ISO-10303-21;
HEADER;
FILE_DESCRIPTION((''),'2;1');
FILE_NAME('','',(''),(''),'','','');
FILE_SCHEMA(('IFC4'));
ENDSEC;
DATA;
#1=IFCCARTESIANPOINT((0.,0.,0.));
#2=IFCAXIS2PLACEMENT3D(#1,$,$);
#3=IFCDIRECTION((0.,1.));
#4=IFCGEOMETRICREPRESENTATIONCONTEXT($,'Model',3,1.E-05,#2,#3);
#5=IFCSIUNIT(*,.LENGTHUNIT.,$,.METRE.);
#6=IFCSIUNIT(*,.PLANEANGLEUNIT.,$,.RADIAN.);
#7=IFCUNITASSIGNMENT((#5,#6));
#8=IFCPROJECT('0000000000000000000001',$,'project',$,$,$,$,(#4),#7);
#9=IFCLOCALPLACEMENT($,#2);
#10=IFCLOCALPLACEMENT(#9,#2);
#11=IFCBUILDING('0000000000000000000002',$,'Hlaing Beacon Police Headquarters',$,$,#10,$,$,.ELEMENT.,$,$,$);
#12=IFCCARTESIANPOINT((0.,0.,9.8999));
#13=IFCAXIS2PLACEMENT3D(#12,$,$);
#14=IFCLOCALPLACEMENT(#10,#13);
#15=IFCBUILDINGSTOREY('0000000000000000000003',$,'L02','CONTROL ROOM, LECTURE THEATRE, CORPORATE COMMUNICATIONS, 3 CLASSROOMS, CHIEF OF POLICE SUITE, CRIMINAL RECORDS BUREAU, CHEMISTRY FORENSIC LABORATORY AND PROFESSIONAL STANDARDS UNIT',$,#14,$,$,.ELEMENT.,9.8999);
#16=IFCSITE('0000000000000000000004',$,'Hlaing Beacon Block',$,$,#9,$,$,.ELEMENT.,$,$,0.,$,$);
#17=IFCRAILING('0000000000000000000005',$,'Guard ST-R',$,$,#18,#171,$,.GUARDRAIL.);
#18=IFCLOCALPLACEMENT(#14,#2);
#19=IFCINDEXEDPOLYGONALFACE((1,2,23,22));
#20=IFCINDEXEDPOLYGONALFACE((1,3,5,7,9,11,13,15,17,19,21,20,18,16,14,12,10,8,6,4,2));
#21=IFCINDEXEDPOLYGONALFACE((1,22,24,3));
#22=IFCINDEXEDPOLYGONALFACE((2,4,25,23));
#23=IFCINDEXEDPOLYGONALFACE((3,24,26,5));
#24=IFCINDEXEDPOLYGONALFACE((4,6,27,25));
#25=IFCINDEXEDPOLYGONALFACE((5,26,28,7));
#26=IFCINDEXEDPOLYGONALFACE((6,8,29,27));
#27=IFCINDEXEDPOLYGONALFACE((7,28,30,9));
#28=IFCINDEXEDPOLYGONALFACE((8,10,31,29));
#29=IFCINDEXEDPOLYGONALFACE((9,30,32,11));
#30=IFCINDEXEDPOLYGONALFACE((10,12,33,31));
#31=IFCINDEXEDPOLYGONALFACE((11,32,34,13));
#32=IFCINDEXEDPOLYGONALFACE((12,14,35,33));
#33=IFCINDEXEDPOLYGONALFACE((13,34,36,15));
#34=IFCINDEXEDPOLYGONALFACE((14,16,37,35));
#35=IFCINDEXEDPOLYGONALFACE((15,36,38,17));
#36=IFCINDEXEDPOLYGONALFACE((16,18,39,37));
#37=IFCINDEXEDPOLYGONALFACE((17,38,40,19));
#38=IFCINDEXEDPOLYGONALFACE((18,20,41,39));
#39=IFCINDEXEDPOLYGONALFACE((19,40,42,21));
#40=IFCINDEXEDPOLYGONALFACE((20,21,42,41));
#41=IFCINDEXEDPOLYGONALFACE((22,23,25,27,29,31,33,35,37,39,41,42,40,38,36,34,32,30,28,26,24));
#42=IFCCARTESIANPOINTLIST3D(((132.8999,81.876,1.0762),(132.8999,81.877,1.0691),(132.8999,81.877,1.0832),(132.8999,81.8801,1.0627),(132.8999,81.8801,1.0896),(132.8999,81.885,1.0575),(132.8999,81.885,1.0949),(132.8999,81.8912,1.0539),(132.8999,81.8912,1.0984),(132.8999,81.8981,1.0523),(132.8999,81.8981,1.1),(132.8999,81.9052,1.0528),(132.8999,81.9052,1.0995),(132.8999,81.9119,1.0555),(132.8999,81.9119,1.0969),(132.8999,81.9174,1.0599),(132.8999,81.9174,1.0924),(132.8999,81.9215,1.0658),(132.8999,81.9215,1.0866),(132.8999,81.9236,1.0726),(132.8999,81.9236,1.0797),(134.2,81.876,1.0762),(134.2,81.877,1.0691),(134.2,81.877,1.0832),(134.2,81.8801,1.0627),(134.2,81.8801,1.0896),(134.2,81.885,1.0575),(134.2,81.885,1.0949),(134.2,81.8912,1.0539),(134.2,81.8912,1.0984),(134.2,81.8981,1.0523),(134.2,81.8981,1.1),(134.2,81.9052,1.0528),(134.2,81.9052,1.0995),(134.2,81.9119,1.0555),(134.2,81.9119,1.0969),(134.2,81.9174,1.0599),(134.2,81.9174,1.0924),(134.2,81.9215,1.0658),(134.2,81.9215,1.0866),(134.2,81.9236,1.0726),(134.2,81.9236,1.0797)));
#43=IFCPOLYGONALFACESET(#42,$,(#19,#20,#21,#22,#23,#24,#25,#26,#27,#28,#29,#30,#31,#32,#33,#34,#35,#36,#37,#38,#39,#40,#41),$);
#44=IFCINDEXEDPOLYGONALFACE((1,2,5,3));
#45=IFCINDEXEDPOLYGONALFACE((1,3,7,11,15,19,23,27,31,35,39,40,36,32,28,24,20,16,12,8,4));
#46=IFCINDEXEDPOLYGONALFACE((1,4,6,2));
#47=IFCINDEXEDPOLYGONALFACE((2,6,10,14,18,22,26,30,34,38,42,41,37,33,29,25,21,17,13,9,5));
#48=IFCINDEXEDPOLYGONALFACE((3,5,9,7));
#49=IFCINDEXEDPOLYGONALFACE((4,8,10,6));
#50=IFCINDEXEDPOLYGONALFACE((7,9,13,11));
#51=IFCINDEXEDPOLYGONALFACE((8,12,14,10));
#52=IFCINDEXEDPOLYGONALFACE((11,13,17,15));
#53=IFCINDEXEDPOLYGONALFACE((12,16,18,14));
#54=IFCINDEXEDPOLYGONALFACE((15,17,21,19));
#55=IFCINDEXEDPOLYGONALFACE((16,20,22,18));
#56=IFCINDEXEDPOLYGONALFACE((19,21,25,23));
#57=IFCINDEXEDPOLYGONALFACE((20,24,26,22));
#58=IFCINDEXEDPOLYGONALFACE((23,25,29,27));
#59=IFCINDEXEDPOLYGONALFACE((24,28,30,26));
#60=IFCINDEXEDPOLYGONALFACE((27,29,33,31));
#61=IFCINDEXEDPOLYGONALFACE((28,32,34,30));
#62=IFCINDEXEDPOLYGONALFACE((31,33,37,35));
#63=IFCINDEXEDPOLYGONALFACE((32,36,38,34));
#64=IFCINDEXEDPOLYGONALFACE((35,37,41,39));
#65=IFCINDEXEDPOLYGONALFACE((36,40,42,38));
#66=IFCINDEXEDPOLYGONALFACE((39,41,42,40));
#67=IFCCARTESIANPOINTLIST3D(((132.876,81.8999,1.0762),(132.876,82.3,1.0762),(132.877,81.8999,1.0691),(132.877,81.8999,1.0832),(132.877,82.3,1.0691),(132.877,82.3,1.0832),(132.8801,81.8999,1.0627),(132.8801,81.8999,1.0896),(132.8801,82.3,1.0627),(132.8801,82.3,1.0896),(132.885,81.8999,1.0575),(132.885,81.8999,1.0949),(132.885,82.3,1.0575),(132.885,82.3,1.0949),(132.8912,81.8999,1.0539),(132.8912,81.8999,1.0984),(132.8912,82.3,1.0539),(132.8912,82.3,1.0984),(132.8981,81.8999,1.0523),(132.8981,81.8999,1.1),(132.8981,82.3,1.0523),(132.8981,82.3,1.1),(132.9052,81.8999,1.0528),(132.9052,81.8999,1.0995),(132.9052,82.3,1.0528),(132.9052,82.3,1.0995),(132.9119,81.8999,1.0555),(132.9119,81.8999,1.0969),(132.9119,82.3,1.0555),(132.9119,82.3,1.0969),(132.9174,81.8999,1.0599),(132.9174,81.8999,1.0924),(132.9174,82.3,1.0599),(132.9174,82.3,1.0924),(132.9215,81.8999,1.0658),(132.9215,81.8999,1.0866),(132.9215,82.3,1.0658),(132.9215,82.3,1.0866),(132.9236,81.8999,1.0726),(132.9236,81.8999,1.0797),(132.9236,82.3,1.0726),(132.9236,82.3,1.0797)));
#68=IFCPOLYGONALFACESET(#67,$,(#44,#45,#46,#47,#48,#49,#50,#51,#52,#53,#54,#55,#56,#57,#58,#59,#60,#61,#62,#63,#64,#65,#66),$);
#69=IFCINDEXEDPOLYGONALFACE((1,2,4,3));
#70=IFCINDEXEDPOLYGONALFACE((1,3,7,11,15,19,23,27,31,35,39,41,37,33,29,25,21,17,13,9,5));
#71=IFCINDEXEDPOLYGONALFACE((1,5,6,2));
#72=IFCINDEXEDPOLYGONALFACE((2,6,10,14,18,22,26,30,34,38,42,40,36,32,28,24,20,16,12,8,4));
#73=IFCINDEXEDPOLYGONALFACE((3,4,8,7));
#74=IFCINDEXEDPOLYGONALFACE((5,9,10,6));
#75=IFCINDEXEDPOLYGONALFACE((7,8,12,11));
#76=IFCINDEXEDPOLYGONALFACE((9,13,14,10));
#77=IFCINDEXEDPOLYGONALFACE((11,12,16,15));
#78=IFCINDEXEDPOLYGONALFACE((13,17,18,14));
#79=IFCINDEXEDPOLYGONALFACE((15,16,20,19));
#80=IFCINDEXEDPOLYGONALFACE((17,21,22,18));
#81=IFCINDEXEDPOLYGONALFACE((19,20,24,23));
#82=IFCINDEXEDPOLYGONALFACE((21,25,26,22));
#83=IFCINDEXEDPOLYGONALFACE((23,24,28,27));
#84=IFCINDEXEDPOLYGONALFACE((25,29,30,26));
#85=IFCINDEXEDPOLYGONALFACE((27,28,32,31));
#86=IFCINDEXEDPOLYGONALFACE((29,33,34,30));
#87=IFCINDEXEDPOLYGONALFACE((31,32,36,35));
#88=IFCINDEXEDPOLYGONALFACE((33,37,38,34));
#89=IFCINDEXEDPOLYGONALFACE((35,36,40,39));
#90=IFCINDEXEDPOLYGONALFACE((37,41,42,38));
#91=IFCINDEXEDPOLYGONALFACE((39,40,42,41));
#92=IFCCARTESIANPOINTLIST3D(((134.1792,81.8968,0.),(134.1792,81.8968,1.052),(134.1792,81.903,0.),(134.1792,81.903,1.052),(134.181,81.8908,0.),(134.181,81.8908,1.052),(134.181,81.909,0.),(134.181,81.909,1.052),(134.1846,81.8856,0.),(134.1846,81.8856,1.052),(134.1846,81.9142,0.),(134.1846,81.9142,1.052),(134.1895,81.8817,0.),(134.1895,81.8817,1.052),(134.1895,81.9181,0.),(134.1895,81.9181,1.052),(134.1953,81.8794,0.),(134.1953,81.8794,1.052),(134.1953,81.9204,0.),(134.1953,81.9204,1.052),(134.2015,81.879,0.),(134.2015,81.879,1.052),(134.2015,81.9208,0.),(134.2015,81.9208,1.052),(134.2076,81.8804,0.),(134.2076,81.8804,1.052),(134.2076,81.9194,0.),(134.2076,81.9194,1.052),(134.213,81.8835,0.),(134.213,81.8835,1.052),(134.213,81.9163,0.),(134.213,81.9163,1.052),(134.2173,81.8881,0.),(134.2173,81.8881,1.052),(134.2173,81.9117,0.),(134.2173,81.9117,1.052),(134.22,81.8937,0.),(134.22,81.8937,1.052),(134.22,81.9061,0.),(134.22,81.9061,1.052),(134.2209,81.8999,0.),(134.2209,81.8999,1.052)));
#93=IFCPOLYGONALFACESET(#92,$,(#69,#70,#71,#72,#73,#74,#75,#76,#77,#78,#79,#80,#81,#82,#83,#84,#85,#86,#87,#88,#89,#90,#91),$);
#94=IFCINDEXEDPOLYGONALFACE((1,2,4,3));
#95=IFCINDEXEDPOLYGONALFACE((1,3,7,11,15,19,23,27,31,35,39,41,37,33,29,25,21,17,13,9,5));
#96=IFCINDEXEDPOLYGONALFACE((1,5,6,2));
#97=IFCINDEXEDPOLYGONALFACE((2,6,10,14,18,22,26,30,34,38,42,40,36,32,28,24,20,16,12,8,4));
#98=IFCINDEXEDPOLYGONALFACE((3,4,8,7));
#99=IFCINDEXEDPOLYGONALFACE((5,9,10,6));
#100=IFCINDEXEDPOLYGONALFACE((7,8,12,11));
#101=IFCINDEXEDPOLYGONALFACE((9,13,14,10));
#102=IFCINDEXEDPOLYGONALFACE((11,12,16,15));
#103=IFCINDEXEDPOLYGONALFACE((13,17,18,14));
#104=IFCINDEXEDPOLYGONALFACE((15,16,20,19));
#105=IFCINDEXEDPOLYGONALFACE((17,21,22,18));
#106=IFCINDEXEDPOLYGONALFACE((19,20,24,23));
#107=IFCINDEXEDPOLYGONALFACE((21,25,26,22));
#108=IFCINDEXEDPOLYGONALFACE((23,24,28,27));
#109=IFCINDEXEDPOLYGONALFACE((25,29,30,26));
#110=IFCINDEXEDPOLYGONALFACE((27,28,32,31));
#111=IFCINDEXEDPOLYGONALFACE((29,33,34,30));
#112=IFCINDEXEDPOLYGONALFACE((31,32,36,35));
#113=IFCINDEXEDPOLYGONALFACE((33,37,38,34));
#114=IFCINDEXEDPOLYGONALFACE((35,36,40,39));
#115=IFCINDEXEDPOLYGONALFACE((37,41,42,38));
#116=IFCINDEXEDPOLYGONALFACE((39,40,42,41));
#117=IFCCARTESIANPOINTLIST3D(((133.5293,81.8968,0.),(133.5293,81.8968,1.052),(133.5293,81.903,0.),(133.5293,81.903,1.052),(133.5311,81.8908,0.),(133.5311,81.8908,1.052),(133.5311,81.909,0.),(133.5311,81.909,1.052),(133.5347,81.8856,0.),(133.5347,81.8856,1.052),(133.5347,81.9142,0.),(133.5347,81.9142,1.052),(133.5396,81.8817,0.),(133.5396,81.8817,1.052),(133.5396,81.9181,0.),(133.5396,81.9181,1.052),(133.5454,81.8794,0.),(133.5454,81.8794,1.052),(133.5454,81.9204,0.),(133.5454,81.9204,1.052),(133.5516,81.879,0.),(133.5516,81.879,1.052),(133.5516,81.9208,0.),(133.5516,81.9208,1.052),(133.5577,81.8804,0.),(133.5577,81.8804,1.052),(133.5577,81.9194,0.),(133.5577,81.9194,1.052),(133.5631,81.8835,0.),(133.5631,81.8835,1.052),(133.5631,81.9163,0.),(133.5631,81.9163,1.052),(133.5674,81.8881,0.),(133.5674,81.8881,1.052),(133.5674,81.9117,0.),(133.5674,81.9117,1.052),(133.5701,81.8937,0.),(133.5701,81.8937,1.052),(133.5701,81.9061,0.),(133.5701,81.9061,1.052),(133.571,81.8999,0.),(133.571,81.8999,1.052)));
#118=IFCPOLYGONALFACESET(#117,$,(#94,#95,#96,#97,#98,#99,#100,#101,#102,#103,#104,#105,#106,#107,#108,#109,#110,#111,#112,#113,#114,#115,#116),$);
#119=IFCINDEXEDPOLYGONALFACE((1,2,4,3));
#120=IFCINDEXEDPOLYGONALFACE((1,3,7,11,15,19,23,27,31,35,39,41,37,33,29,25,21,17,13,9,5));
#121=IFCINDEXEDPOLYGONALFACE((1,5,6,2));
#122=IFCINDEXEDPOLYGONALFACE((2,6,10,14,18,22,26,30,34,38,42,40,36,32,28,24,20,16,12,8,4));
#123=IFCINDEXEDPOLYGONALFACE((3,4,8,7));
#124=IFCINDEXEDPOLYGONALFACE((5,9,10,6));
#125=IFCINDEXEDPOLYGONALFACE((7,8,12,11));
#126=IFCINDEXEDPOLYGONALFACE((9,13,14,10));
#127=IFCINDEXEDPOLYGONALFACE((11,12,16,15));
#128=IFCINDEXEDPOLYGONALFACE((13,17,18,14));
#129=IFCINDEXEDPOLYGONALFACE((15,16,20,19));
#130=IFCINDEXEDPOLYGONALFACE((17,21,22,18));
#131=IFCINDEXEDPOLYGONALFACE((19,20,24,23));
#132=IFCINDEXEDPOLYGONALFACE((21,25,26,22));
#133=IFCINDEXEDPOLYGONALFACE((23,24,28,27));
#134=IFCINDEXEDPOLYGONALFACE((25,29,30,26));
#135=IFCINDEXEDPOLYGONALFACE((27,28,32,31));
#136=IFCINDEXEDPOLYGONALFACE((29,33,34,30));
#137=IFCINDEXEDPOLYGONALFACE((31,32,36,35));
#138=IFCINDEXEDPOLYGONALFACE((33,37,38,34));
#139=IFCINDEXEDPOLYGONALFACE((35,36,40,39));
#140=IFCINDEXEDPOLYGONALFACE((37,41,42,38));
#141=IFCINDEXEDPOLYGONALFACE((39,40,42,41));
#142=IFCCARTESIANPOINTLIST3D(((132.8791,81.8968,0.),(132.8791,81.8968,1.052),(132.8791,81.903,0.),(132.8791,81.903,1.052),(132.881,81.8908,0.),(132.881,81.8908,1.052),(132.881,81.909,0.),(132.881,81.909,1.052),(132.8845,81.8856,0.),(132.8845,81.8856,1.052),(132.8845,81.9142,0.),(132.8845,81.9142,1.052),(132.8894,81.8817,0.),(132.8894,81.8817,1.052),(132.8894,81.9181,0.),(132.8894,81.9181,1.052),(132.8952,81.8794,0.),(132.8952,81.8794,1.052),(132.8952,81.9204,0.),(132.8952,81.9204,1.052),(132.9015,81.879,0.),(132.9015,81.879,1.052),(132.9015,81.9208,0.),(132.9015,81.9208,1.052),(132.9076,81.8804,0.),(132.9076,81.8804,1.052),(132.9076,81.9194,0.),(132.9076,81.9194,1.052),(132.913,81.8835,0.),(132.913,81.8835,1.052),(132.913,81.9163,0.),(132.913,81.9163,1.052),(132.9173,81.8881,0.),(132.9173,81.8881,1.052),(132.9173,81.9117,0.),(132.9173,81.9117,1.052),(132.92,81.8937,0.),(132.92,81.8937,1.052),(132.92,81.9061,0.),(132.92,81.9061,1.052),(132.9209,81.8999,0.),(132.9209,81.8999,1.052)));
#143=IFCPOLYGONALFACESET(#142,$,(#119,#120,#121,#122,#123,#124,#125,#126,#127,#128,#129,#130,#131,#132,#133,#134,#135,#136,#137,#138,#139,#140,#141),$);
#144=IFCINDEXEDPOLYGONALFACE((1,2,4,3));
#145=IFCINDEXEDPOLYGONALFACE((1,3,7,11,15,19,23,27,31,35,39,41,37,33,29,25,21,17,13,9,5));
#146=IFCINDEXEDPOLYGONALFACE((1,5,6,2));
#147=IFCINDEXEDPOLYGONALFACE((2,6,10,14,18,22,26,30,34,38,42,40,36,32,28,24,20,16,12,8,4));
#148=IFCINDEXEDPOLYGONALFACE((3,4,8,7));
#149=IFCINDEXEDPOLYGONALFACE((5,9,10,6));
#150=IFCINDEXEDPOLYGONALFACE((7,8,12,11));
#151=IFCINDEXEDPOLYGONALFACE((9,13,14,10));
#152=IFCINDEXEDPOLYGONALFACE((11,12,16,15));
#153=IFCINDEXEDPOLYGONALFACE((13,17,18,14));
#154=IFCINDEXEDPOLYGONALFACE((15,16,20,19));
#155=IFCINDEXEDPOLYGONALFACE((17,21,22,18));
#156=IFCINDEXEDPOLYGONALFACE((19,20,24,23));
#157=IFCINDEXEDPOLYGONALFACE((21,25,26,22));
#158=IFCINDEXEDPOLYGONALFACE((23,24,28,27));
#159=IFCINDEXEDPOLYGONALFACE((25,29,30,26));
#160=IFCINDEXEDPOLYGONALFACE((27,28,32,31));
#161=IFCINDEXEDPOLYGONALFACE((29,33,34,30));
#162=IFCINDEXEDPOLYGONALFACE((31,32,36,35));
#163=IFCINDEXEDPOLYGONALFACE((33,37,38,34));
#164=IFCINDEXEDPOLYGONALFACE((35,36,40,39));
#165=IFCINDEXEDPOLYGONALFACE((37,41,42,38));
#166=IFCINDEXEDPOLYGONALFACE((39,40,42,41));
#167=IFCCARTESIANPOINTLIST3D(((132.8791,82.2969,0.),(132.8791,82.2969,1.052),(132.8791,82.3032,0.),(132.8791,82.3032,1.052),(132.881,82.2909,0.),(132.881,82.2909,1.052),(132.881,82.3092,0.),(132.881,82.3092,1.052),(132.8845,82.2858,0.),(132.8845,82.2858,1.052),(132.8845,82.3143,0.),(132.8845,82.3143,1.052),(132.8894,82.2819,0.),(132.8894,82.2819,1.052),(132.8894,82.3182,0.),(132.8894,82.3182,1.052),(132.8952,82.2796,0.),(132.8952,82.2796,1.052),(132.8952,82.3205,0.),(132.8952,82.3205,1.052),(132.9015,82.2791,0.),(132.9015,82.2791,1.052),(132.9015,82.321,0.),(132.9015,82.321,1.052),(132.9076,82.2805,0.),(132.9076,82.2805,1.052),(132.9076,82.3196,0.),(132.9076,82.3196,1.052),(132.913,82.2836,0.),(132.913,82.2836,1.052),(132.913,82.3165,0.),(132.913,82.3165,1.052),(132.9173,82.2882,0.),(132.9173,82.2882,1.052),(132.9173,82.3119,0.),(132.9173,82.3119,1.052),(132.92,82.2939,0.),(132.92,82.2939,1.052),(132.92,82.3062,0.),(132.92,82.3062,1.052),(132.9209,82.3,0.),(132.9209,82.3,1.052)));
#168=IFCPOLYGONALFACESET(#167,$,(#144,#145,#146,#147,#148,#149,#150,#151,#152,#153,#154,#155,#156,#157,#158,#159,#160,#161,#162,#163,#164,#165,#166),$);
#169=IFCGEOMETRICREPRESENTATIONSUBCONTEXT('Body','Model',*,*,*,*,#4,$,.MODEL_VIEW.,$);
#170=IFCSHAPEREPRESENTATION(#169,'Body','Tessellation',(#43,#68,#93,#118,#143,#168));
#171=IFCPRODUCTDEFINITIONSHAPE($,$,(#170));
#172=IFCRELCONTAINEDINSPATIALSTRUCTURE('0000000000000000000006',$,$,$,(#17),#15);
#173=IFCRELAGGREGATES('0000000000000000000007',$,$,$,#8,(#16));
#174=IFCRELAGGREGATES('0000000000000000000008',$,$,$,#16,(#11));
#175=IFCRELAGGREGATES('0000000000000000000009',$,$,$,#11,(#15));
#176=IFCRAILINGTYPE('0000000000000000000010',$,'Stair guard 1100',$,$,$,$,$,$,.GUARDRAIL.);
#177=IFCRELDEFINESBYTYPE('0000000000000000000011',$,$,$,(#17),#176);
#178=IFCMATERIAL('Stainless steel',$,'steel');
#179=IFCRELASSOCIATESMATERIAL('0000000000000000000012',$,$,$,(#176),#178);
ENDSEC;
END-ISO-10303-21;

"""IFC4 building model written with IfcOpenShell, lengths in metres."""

from ifc_helpers import new_model, si_unit, direction, frame, origin, origin_2d, place, context, subcontext, project, spatial, circle, extrude, material, type_object, element, save


model = new_model("IFC4")

# Units and contexts
model_context = context("Model", 3, precision=1e-05, world=origin(), true_north=direction((0.0, 1.0)))
body_context = subcontext(model_context, "Body", "Model", "MODEL_VIEW")
ifc_project = project(units=[si_unit("LENGTHUNIT", "METRE"), si_unit("PLANEANGLEUNIT", "RADIAN")], contexts=[model_context])

# Site, building, storey
site_placement = place(None, origin())
site = spatial("IfcSite", under=ifc_project, at=site_placement, Name="Hlaing Beacon Block", CompositionType="ELEMENT", RefElevation=0.0)
building_placement = place(site_placement, origin())
building = spatial("IfcBuilding", under=site, at=building_placement, Name="Hlaing Beacon Police Headquarters", CompositionType="ELEMENT")
storey_placement = place(building_placement, frame((0.0, 0.0, 9.8999)))
storey = spatial("IfcBuildingStorey", under=building, at=storey_placement, Name="L02", Description="CONTROL ROOM, LECTURE THEATRE, CORPORATE COMMUNICATIONS, 3 CLASSROOMS, CHIEF OF POLICE SUITE, CRIMINAL RECORDS BUREAU, CHEMISTRY FORENSIC LABORATORY AND PROFESSIONAL STANDARDS UNIT", CompositionType="ELEMENT", Elevation=9.8999)

# Railing
ifc_material_1 = material(Name="Stainless steel", Category="steel")
railing_type_1 = type_object("IfcRailingType", Name="Stair guard 1100", PredefinedType="GUARDRAIL", material=ifc_material_1)
railing_placement = place(storey_placement, frame((134.2, 81.8999, 0.0)))
element("IfcRailing", 1, at=railing_placement, inside=storey, type_object=railing_type_1, Name="Guard ST-R", PredefinedType="GUARDRAIL", context=body_context, shape_type="SweptSolid", body=[
    extrude(circle(Radius=0.0239, at=origin_2d()), frame((0.0, 0.0, 1.0762), z_axis=(-1.0, 0.0, 0.0), x_axis=(0.0, -1.0, 0.0)), (0.0, 0.0, 1.0), 1.3),
    extrude(circle(Radius=0.0239, at=origin_2d()), frame((-1.3, 0.0, 1.0762), z_axis=(0.0, 1.0, 0.0), x_axis=(-1.0, 0.0, 0.0)), (0.0, 0.0, 1.0), 0.4001),
    extrude(circle(Radius=0.021, at=origin_2d()), origin(), (0.0, 0.0, 1.0), 1.052),
    extrude(circle(Radius=0.021, at=origin_2d()), frame((-0.6499, 0.0, 0.0)), (0.0, 0.0, 1.0), 1.052),
    extrude(circle(Radius=0.021, at=origin_2d()), frame((-1.3, 0.0, 0.0)), (0.0, 0.0, 1.0), 1.052),
    extrude(circle(Radius=0.021, at=origin_2d()), frame((-1.3, 0.4001, 0.0)), (0.0, 0.0, 1.0), 1.052),
])

save(model, "model.ifc")
